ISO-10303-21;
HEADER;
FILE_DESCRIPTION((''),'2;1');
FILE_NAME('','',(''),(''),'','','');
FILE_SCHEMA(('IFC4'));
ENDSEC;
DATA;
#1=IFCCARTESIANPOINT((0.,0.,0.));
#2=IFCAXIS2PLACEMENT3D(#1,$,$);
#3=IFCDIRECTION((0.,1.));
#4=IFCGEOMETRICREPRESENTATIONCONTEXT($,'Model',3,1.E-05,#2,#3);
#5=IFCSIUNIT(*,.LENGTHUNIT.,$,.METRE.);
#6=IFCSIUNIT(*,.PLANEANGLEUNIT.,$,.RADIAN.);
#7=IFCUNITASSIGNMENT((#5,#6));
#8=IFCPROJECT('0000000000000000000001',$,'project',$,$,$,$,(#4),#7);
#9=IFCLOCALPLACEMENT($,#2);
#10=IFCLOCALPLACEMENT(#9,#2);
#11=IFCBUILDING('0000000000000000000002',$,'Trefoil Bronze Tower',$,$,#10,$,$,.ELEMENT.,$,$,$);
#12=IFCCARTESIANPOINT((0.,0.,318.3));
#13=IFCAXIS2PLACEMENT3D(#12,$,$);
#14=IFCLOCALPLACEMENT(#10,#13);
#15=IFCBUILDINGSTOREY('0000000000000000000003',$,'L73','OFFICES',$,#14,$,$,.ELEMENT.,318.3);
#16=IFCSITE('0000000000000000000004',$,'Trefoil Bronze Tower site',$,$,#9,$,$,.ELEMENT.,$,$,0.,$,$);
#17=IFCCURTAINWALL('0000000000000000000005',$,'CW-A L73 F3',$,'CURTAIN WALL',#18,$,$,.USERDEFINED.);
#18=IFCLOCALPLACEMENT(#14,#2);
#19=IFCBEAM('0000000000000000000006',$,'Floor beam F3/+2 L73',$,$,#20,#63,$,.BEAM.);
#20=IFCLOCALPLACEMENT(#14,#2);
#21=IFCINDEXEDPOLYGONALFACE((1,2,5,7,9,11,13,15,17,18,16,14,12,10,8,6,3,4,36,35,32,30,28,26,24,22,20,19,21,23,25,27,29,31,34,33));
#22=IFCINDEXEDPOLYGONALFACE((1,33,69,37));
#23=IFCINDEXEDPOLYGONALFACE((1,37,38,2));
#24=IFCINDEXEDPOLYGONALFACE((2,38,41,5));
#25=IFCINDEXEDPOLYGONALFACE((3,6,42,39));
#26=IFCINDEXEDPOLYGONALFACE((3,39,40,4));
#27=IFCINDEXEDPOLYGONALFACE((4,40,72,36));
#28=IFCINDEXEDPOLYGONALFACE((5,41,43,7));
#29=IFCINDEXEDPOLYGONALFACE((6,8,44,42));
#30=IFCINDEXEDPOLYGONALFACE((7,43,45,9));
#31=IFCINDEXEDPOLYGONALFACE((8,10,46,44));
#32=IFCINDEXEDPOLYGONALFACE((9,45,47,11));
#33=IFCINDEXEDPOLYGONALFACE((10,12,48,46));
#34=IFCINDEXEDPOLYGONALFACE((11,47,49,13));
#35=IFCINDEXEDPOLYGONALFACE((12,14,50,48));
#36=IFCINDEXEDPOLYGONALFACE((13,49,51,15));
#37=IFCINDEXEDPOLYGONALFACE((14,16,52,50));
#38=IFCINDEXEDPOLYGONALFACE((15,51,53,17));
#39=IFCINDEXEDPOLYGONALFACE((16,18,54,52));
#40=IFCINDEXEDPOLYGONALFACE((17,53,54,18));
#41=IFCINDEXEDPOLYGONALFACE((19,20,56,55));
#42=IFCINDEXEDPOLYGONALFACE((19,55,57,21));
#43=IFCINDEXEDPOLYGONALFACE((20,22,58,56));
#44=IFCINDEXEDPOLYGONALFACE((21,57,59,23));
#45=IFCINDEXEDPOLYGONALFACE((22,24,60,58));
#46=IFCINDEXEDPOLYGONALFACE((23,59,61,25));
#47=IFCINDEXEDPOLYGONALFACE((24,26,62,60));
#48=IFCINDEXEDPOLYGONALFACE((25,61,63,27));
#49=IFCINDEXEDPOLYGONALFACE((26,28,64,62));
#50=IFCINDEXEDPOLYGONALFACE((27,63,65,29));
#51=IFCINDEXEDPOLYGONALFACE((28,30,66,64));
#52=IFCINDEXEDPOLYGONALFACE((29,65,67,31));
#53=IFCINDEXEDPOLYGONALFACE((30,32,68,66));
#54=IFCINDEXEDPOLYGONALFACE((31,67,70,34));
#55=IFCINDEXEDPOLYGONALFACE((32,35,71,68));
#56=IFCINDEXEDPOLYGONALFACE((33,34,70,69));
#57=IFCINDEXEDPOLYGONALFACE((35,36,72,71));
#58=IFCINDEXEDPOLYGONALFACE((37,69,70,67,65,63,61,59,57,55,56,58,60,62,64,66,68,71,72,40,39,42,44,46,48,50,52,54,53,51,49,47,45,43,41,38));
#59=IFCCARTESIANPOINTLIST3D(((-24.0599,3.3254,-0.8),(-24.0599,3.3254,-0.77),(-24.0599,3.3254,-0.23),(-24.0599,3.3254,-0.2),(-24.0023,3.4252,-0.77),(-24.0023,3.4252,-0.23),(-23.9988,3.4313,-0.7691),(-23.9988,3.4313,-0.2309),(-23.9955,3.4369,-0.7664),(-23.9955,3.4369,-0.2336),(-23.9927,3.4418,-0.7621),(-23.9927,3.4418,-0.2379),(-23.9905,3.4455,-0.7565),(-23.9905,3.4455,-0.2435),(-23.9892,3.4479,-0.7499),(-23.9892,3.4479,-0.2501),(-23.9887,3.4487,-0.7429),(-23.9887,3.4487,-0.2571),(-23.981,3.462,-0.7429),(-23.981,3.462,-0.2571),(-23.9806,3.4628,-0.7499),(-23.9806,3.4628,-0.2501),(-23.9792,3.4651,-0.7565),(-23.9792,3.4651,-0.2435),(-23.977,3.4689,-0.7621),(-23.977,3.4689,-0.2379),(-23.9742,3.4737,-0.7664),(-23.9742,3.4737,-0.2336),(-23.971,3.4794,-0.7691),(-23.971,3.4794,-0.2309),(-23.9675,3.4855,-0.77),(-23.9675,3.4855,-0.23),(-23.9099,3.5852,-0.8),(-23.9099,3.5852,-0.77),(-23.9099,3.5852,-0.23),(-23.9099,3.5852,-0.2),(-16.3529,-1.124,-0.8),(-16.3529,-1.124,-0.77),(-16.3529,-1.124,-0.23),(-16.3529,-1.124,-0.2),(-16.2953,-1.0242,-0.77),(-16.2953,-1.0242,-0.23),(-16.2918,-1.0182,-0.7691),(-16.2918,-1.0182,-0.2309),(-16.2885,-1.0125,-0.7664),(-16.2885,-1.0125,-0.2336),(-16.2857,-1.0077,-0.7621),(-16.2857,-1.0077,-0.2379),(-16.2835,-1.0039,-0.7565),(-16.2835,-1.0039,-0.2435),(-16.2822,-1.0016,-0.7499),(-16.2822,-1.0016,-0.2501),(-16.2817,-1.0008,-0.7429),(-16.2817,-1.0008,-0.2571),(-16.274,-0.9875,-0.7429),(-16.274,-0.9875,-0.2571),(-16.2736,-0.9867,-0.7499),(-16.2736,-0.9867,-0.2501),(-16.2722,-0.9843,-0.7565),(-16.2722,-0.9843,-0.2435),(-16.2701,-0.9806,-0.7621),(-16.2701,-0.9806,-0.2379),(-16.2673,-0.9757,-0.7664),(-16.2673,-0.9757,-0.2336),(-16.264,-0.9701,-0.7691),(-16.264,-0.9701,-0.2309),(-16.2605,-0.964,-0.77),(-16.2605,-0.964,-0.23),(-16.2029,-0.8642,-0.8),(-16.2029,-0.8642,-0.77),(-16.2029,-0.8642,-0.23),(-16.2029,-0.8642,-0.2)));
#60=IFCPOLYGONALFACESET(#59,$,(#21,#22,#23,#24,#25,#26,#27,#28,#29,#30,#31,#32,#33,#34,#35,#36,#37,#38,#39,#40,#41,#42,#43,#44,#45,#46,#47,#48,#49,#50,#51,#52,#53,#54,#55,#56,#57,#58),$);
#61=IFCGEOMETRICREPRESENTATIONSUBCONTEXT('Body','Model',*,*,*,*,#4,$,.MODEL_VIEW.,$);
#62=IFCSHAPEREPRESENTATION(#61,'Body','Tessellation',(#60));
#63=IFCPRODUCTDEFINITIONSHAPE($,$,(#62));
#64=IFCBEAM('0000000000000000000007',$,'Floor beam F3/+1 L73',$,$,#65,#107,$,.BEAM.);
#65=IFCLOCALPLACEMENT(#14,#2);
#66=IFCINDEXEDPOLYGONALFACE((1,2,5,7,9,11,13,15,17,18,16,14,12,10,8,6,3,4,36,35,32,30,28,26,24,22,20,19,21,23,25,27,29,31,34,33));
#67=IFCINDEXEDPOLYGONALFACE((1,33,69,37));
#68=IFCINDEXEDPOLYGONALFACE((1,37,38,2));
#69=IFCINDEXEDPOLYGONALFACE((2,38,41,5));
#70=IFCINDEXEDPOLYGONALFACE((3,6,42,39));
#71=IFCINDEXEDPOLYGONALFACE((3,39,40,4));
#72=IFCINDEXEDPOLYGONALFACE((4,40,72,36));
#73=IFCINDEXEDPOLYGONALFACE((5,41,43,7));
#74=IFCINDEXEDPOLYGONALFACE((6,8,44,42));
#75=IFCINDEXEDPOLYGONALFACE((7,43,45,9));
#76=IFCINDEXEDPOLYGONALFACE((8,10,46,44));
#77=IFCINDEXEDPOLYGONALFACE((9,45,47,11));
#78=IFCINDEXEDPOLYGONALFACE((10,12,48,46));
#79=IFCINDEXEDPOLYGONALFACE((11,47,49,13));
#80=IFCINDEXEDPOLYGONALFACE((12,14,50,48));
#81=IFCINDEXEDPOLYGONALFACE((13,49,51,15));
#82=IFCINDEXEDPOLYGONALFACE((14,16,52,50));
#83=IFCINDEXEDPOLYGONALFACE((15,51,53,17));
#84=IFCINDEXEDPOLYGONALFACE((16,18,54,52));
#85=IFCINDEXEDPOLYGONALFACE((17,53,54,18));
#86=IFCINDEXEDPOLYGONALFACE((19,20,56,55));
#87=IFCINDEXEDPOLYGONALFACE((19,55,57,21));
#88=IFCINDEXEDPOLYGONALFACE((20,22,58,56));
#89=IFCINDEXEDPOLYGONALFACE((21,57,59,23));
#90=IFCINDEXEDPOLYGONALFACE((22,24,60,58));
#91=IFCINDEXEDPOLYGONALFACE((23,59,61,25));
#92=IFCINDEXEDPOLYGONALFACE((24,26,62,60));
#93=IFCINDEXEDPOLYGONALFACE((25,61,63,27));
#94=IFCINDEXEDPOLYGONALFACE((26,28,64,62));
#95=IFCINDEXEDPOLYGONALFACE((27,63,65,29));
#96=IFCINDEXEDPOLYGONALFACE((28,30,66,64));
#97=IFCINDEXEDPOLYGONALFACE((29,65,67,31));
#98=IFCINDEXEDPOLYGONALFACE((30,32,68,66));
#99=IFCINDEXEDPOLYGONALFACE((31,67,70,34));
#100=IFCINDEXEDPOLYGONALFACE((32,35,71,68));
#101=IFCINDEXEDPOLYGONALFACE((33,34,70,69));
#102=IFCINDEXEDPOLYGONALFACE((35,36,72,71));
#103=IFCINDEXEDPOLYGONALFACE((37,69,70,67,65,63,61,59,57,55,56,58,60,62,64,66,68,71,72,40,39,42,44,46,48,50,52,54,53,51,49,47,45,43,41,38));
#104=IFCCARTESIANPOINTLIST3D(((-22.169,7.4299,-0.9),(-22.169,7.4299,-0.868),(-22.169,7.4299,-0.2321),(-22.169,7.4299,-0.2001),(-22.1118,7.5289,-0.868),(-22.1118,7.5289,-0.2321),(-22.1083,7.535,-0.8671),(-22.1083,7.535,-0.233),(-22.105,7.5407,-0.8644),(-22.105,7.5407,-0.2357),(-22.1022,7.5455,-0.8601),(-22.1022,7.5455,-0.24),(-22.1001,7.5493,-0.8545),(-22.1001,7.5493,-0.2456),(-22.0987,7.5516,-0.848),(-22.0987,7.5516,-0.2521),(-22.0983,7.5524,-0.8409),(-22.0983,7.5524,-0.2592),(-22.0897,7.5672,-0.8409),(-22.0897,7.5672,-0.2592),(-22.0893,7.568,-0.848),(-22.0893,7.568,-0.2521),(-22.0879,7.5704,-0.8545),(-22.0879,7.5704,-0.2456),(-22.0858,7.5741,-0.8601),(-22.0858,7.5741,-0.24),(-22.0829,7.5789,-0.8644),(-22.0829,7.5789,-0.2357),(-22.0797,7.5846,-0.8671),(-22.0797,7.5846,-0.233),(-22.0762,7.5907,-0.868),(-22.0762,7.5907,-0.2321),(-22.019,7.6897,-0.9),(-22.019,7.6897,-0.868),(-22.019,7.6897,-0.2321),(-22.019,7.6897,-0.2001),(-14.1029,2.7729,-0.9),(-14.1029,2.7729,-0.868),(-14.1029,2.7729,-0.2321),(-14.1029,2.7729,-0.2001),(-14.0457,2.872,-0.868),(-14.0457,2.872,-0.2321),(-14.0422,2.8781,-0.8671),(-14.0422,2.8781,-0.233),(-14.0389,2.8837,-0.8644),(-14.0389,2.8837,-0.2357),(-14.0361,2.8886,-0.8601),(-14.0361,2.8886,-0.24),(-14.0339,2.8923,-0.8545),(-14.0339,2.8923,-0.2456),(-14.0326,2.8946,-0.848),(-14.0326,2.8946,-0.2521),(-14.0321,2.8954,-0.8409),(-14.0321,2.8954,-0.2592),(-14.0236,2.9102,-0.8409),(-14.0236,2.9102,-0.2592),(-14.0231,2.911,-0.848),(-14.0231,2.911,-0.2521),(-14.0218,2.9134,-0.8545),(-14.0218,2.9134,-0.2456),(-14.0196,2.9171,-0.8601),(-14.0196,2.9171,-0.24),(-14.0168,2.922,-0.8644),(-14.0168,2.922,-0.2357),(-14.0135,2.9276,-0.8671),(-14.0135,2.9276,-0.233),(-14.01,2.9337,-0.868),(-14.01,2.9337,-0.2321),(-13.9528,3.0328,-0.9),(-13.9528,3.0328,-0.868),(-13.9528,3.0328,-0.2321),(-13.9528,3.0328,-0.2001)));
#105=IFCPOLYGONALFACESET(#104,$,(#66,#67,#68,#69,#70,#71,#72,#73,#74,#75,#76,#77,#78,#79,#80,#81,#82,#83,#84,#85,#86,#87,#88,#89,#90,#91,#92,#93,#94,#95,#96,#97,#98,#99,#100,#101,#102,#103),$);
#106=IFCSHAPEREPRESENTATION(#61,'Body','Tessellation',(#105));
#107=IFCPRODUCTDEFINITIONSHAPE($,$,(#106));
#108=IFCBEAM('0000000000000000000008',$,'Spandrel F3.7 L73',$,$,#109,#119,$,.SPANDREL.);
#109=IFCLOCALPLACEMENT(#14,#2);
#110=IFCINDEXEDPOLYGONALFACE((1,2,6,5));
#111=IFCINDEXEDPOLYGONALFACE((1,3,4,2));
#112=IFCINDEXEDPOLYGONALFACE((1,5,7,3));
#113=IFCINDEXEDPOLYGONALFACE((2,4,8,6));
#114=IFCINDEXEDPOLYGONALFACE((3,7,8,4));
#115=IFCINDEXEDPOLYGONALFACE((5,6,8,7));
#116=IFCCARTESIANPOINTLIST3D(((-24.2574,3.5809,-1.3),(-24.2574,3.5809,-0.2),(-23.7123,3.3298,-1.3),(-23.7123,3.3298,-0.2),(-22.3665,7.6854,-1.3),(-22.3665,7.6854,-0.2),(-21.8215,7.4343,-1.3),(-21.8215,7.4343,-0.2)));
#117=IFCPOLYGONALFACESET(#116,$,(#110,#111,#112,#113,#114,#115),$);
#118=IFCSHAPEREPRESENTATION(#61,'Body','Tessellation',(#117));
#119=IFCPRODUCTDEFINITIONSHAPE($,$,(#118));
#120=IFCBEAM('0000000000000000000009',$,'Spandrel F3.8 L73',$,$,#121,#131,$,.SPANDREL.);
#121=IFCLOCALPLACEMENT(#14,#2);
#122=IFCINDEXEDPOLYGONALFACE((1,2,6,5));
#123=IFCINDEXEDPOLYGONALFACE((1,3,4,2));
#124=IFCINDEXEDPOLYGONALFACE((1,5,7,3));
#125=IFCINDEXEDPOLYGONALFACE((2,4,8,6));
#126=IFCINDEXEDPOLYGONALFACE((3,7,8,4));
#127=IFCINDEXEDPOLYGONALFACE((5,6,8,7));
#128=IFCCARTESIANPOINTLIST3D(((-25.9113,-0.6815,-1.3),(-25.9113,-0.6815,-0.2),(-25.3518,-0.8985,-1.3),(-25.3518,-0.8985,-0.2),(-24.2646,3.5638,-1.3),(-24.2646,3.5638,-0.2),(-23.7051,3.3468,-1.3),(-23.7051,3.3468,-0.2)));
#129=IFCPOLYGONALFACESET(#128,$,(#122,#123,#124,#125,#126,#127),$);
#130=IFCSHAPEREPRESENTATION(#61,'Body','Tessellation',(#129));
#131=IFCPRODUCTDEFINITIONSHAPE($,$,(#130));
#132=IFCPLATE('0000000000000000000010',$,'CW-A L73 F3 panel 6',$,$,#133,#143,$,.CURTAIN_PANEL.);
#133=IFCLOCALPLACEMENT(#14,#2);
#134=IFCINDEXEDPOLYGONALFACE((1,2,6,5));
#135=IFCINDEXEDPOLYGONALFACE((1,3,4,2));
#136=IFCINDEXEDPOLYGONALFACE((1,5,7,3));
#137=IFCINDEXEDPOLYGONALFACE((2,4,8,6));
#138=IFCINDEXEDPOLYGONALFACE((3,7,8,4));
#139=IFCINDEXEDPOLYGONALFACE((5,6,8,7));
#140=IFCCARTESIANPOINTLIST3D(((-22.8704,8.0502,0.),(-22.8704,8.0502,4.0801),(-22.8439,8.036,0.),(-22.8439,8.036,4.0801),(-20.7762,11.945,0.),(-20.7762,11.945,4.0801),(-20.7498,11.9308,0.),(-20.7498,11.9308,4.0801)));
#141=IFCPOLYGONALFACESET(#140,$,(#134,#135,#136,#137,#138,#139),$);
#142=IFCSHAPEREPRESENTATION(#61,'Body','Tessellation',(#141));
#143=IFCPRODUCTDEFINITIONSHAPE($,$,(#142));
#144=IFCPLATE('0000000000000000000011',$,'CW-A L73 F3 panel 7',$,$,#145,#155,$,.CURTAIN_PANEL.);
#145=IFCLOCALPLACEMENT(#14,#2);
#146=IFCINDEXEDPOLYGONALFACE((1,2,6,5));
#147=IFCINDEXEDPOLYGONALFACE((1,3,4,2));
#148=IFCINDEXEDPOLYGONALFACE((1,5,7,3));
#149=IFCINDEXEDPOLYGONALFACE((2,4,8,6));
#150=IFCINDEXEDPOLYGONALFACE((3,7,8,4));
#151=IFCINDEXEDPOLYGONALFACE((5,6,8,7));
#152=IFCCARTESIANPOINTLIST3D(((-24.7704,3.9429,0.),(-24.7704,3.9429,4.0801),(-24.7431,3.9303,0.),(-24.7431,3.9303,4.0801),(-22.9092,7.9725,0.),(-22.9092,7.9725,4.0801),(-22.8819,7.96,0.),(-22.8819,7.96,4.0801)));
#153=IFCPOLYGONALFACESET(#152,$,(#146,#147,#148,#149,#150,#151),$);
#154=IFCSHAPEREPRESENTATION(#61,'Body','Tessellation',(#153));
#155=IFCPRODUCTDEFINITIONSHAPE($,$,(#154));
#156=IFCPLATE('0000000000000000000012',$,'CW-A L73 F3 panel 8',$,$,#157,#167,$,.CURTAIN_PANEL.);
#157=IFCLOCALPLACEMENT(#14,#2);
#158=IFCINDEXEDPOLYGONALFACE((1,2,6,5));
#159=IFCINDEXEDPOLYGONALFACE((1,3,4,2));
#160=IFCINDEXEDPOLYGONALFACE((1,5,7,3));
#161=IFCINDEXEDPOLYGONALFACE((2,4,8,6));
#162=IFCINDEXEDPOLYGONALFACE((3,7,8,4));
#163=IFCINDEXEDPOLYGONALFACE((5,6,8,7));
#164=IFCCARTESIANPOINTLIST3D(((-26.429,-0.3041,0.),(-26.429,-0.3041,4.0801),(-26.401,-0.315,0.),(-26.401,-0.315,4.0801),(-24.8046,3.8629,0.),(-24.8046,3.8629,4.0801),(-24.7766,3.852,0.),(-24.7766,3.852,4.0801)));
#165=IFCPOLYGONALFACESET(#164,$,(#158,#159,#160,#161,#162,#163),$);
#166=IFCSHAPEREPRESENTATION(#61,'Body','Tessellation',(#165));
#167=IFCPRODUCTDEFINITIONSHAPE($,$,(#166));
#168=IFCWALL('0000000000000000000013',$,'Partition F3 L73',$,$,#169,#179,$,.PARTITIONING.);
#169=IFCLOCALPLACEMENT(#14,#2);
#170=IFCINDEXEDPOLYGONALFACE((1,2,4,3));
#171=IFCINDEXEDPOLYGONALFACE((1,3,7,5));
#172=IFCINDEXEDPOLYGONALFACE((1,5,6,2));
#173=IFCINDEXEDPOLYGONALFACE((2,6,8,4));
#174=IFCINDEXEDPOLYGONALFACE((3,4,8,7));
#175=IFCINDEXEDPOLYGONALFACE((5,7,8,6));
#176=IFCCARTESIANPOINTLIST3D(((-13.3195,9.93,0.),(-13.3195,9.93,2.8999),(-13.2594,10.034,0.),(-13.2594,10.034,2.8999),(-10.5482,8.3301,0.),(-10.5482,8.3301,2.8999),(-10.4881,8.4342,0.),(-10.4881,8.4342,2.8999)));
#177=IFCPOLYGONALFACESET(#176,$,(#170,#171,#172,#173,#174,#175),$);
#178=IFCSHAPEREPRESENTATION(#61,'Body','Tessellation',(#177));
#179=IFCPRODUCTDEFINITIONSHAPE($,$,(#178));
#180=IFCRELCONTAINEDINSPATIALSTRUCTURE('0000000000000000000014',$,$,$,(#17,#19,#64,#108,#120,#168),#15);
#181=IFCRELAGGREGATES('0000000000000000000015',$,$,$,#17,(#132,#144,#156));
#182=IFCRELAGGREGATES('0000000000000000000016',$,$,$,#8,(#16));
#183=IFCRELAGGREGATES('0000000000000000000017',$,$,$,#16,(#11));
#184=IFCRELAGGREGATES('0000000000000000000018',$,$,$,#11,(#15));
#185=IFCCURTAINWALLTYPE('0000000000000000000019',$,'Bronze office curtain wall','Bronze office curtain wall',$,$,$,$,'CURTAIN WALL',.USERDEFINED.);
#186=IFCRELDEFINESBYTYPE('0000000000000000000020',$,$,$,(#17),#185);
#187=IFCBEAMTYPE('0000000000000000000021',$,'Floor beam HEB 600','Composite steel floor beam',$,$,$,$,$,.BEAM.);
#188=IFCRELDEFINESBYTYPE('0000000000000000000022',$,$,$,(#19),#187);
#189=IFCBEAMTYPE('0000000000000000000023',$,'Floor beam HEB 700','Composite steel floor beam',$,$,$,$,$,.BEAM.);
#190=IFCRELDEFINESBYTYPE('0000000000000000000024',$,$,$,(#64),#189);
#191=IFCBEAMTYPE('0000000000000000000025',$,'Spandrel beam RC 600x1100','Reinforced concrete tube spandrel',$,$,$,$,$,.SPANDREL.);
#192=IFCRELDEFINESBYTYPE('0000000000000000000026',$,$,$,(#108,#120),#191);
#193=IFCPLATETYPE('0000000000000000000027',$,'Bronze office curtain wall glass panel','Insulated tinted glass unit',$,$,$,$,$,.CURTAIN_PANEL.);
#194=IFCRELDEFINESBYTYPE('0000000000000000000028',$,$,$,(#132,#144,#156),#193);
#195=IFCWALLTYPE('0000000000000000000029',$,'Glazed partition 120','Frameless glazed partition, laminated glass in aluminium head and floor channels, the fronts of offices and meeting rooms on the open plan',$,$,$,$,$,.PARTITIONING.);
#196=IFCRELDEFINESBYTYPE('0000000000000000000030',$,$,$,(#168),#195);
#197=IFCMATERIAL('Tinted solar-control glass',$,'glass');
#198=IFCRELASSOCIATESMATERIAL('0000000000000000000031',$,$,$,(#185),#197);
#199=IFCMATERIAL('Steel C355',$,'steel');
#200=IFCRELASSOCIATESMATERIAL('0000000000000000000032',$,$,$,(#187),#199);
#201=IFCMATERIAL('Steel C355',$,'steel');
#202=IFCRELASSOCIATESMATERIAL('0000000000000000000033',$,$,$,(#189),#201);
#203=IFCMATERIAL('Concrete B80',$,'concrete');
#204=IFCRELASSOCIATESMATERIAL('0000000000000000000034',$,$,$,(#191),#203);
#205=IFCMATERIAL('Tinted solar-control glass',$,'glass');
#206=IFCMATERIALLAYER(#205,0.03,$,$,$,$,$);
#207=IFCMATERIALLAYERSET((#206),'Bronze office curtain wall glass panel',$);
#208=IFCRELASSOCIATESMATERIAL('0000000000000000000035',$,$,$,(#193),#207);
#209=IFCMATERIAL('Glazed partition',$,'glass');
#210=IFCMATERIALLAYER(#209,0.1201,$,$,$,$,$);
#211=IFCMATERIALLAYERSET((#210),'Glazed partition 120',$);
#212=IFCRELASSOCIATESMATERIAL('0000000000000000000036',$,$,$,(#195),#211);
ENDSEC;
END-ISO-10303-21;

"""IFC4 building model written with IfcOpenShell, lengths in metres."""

from ifc_helpers import new_model, si_unit, direction, frame, frame_2d, origin, origin_2d, place, context, subcontext, project, spatial, rectangle, i_section, extrude, material, layer, layer_set, material_profile, profile_set, type_object, element, aggregate, save


model = new_model("IFC4")

# Units and contexts
model_context = context("Model", 3, precision=1e-05, world=origin(), true_north=direction((0.0, 1.0)))
body_context = subcontext(model_context, "Body", "Model", "MODEL_VIEW")
ifc_project = project(units=[si_unit("LENGTHUNIT", "METRE"), si_unit("PLANEANGLEUNIT", "RADIAN")], contexts=[model_context])

# Site, building, storey
site_placement = place(None, origin())
site = spatial("IfcSite", under=ifc_project, at=site_placement, Name="Trefoil Bronze Tower site", CompositionType="ELEMENT", RefElevation=0.0)
building_placement = place(site_placement, origin())
building = spatial("IfcBuilding", under=site, at=building_placement, Name="Trefoil Bronze Tower", CompositionType="ELEMENT")
storey_placement = place(building_placement, frame((0.0, 0.0, 318.3)))
storey = spatial("IfcBuildingStorey", under=building, at=storey_placement, Name="L73", Description="OFFICES", CompositionType="ELEMENT", Elevation=318.3)

# Curtain wall
ifc_material_1 = material(Name="Tinted solar-control glass", Category="glass")
curtain_wall_type = type_object("IfcCurtainWallType", Name="Bronze office curtain wall", Description="Bronze office curtain wall", ElementType="CURTAIN WALL", PredefinedType="USERDEFINED", material=ifc_material_1)
curtain_wall_placement = place(storey_placement, origin())
curtain_wall = element("IfcCurtainWall", 1, at=curtain_wall_placement, inside=storey, type_object=curtain_wall_type, Name="CW-A L73 F3", ObjectType="CURTAIN WALL", PredefinedType="USERDEFINED")

# Beams
ifc_material_2 = material(Name="Steel C355", Category="steel")
ifc_material_profile_1 = material_profile(ifc_material_2, i_section(OverallWidth=0.3, OverallDepth=0.6001, WebThickness=0.0154, FlangeThickness=0.03, FilletRadius=0.0271, at=origin_2d()), Name="HEB 600")
ifc_profile_set_1 = profile_set([ifc_material_profile_1], Name="Steel C355")
beam_type_1 = type_object("IfcBeamType", Name="Floor beam HEB 600", Description="Composite steel floor beam", PredefinedType="BEAM", material=ifc_profile_set_1)
beam_1_placement = place(storey_placement, frame((-23.9849, 3.4553, -0.5), z_axis=(0.866035, -0.499984, 0.0), x_axis=(0.499984, 0.866035, 0.0)))
element("IfcBeam", 2, at=beam_1_placement, inside=storey, type_object=beam_type_1, Name="Floor beam F3/+2 L73", PredefinedType="BEAM", context=body_context, shape_type="SweptSolid", body=[
    extrude(i_section(OverallWidth=0.3, OverallDepth=0.6001, WebThickness=0.0154, FlangeThickness=0.03, FilletRadius=0.0271, at=origin_2d()), origin(), (0.0, 0.0, 1.0), 8.8992),
])
ifc_material_3 = material(Name="Steel C355", Category="steel")
ifc_material_profile_2 = material_profile(ifc_material_3, i_section(OverallWidth=0.3, OverallDepth=0.7, WebThickness=0.0171, FlangeThickness=0.032, FilletRadius=0.0271, at=origin_2d()), Name="HEB 700")
ifc_profile_set_2 = profile_set([ifc_material_profile_2], Name="Steel C355")
beam_type_2 = type_object("IfcBeamType", Name="Floor beam HEB 700", Description="Composite steel floor beam", PredefinedType="BEAM", material=ifc_profile_set_2)
beam_2_placement = place(storey_placement, frame((-22.094, 7.5598, -0.55), z_axis=(0.866026, -0.499999, 0.0), x_axis=(0.499999, 0.866026, 0.0)))
element("IfcBeam", 3, at=beam_2_placement, inside=storey, type_object=beam_type_2, Name="Floor beam F3/+1 L73", PredefinedType="BEAM", context=body_context, shape_type="SweptSolid", body=[
    extrude(i_section(OverallWidth=0.3, OverallDepth=0.7, WebThickness=0.0171, FlangeThickness=0.032, FilletRadius=0.0271, at=origin_2d()), origin(), (0.0, 0.0, 1.0), 9.314),
])
ifc_material_4 = material(Name="Concrete B80", Category="concrete")
ifc_material_profile_3 = material_profile(ifc_material_4, rectangle(XDim=0.6001, YDim=1.1001, at=origin_2d()), Name="RC 600x1100")
ifc_profile_set_3 = profile_set([ifc_material_profile_3], Name="Concrete B80")
beam_type_3 = type_object("IfcBeamType", Name="Spandrel beam RC 600x1100", Description="Reinforced concrete tube spandrel", PredefinedType="SPANDREL", material=ifc_profile_set_3)
beam_3_placement = place(storey_placement, frame((-22.094, 7.5598, -0.75), z_axis=(-0.418417, -0.908255, 0.0), x_axis=(0.908255, -0.418417, 0.0)))
element("IfcBeam", 4, at=beam_3_placement, inside=storey, type_object=beam_type_3, Name="Spandrel F3.7 L73", PredefinedType="SPANDREL", context=body_context, shape_type="SweptSolid", body=[
    extrude(rectangle(XDim=0.6001, YDim=1.1001, at=origin_2d()), origin(), (0.0, 0.0, 1.0), 4.519),
])
beam_4_placement = place(storey_placement, frame((-23.9849, 3.4553, -0.75), z_axis=(-0.361636, -0.932319, 0.0), x_axis=(0.932319, -0.361636, 0.0)))
element("IfcBeam", 5, at=beam_4_placement, inside=storey, type_object=beam_type_3, Name="Spandrel F3.8 L73", PredefinedType="SPANDREL", context=body_context, shape_type="SweptSolid", body=[
    extrude(rectangle(XDim=0.6001, YDim=1.1001, at=origin_2d()), origin(), (0.0, 0.0, 1.0), 4.5535),
])

# Plates
ifc_material_5 = material(Name="Tinted solar-control glass", Category="glass")
ifc_layer_1 = layer(ifc_material_5, 0.03)
ifc_layer_set_1 = layer_set([ifc_layer_1], Name="Bronze office curtain wall glass panel")
plate_type = type_object("IfcPlateType", Name="Bronze office curtain wall glass panel", Description="Insulated tinted glass unit", PredefinedType="CURTAIN_PANEL", material=ifc_layer_set_1)
plate_1_placement = place(storey_placement, frame((-21.8101, 9.9905, 0.0), z_axis=(0.0, 0.0, 1.0), x_axis=(-0.473562, -0.88076, 0.0)))
plate_1 = element("IfcPlate", 6, at=plate_1_placement, type_object=plate_type, Name="CW-A L73 F3 panel 6", PredefinedType="CURTAIN_PANEL", context=body_context, shape_type="SweptSolid", body=[
    extrude(rectangle(XDim=4.4221, YDim=0.03, at=origin_2d()), origin(), (0.0, 0.0, 1.0), 4.0801),
])
plate_2_placement = place(storey_placement, frame((-23.8262, 5.9514, 0.0), z_axis=(0.0, 0.0, 1.0), x_axis=(-0.419309, -0.907844, 0.0)))
plate_2 = element("IfcPlate", 7, at=plate_2_placement, type_object=plate_type, Name="CW-A L73 F3 panel 7", PredefinedType="CURTAIN_PANEL", context=body_context, shape_type="SweptSolid", body=[
    extrude(rectangle(XDim=4.4387, YDim=0.03, at=origin_2d()), origin(), (0.0, 0.0, 1.0), 4.0801),
])
plate_3_placement = place(storey_placement, frame((-25.6028, 1.7739, 0.0), z_axis=(0.0, 0.0, 1.0), x_axis=(-0.363199, -0.931712, 0.0)))
plate_3 = element("IfcPlate", 8, at=plate_3_placement, type_object=plate_type, Name="CW-A L73 F3 panel 8", PredefinedType="CURTAIN_PANEL", context=body_context, shape_type="SweptSolid", body=[
    extrude(rectangle(XDim=4.4724, YDim=0.03, at=origin_2d()), origin(), (0.0, 0.0, 1.0), 4.0801),
])
aggregate(curtain_wall, [plate_1, plate_2, plate_3])

# Wall
ifc_material_6 = material(Name="Glazed partition", Category="glass")
ifc_layer_2 = layer(ifc_material_6, 0.1201)
ifc_layer_set_2 = layer_set([ifc_layer_2], Name="Glazed partition 120")
wall_type_1 = type_object("IfcWallType", Name="Glazed partition 120", Description="Frameless glazed partition, laminated glass in aluminium head and floor channels, the fronts of offices and meeting rooms on the open plan", PredefinedType="PARTITIONING", material=ifc_layer_set_2)
wall_1_placement = place(storey_placement, frame((-10.5181, 8.3821, 0.0), z_axis=(0.0, 0.0, 1.0), x_axis=(-0.866042, 0.499971, 0.0)))
element("IfcWall", 9, at=wall_1_placement, inside=storey, type_object=wall_type_1, Name="Partition F3 L73", PredefinedType="PARTITIONING", context=body_context, shape_type="SweptSolid", body=[
    extrude(rectangle(XDim=3.2, YDim=0.1201, at=frame_2d((1.6001, 0.0))), origin(), (0.0, 0.0, 1.0), 2.8999),
])

save(model, "model.ifc")
